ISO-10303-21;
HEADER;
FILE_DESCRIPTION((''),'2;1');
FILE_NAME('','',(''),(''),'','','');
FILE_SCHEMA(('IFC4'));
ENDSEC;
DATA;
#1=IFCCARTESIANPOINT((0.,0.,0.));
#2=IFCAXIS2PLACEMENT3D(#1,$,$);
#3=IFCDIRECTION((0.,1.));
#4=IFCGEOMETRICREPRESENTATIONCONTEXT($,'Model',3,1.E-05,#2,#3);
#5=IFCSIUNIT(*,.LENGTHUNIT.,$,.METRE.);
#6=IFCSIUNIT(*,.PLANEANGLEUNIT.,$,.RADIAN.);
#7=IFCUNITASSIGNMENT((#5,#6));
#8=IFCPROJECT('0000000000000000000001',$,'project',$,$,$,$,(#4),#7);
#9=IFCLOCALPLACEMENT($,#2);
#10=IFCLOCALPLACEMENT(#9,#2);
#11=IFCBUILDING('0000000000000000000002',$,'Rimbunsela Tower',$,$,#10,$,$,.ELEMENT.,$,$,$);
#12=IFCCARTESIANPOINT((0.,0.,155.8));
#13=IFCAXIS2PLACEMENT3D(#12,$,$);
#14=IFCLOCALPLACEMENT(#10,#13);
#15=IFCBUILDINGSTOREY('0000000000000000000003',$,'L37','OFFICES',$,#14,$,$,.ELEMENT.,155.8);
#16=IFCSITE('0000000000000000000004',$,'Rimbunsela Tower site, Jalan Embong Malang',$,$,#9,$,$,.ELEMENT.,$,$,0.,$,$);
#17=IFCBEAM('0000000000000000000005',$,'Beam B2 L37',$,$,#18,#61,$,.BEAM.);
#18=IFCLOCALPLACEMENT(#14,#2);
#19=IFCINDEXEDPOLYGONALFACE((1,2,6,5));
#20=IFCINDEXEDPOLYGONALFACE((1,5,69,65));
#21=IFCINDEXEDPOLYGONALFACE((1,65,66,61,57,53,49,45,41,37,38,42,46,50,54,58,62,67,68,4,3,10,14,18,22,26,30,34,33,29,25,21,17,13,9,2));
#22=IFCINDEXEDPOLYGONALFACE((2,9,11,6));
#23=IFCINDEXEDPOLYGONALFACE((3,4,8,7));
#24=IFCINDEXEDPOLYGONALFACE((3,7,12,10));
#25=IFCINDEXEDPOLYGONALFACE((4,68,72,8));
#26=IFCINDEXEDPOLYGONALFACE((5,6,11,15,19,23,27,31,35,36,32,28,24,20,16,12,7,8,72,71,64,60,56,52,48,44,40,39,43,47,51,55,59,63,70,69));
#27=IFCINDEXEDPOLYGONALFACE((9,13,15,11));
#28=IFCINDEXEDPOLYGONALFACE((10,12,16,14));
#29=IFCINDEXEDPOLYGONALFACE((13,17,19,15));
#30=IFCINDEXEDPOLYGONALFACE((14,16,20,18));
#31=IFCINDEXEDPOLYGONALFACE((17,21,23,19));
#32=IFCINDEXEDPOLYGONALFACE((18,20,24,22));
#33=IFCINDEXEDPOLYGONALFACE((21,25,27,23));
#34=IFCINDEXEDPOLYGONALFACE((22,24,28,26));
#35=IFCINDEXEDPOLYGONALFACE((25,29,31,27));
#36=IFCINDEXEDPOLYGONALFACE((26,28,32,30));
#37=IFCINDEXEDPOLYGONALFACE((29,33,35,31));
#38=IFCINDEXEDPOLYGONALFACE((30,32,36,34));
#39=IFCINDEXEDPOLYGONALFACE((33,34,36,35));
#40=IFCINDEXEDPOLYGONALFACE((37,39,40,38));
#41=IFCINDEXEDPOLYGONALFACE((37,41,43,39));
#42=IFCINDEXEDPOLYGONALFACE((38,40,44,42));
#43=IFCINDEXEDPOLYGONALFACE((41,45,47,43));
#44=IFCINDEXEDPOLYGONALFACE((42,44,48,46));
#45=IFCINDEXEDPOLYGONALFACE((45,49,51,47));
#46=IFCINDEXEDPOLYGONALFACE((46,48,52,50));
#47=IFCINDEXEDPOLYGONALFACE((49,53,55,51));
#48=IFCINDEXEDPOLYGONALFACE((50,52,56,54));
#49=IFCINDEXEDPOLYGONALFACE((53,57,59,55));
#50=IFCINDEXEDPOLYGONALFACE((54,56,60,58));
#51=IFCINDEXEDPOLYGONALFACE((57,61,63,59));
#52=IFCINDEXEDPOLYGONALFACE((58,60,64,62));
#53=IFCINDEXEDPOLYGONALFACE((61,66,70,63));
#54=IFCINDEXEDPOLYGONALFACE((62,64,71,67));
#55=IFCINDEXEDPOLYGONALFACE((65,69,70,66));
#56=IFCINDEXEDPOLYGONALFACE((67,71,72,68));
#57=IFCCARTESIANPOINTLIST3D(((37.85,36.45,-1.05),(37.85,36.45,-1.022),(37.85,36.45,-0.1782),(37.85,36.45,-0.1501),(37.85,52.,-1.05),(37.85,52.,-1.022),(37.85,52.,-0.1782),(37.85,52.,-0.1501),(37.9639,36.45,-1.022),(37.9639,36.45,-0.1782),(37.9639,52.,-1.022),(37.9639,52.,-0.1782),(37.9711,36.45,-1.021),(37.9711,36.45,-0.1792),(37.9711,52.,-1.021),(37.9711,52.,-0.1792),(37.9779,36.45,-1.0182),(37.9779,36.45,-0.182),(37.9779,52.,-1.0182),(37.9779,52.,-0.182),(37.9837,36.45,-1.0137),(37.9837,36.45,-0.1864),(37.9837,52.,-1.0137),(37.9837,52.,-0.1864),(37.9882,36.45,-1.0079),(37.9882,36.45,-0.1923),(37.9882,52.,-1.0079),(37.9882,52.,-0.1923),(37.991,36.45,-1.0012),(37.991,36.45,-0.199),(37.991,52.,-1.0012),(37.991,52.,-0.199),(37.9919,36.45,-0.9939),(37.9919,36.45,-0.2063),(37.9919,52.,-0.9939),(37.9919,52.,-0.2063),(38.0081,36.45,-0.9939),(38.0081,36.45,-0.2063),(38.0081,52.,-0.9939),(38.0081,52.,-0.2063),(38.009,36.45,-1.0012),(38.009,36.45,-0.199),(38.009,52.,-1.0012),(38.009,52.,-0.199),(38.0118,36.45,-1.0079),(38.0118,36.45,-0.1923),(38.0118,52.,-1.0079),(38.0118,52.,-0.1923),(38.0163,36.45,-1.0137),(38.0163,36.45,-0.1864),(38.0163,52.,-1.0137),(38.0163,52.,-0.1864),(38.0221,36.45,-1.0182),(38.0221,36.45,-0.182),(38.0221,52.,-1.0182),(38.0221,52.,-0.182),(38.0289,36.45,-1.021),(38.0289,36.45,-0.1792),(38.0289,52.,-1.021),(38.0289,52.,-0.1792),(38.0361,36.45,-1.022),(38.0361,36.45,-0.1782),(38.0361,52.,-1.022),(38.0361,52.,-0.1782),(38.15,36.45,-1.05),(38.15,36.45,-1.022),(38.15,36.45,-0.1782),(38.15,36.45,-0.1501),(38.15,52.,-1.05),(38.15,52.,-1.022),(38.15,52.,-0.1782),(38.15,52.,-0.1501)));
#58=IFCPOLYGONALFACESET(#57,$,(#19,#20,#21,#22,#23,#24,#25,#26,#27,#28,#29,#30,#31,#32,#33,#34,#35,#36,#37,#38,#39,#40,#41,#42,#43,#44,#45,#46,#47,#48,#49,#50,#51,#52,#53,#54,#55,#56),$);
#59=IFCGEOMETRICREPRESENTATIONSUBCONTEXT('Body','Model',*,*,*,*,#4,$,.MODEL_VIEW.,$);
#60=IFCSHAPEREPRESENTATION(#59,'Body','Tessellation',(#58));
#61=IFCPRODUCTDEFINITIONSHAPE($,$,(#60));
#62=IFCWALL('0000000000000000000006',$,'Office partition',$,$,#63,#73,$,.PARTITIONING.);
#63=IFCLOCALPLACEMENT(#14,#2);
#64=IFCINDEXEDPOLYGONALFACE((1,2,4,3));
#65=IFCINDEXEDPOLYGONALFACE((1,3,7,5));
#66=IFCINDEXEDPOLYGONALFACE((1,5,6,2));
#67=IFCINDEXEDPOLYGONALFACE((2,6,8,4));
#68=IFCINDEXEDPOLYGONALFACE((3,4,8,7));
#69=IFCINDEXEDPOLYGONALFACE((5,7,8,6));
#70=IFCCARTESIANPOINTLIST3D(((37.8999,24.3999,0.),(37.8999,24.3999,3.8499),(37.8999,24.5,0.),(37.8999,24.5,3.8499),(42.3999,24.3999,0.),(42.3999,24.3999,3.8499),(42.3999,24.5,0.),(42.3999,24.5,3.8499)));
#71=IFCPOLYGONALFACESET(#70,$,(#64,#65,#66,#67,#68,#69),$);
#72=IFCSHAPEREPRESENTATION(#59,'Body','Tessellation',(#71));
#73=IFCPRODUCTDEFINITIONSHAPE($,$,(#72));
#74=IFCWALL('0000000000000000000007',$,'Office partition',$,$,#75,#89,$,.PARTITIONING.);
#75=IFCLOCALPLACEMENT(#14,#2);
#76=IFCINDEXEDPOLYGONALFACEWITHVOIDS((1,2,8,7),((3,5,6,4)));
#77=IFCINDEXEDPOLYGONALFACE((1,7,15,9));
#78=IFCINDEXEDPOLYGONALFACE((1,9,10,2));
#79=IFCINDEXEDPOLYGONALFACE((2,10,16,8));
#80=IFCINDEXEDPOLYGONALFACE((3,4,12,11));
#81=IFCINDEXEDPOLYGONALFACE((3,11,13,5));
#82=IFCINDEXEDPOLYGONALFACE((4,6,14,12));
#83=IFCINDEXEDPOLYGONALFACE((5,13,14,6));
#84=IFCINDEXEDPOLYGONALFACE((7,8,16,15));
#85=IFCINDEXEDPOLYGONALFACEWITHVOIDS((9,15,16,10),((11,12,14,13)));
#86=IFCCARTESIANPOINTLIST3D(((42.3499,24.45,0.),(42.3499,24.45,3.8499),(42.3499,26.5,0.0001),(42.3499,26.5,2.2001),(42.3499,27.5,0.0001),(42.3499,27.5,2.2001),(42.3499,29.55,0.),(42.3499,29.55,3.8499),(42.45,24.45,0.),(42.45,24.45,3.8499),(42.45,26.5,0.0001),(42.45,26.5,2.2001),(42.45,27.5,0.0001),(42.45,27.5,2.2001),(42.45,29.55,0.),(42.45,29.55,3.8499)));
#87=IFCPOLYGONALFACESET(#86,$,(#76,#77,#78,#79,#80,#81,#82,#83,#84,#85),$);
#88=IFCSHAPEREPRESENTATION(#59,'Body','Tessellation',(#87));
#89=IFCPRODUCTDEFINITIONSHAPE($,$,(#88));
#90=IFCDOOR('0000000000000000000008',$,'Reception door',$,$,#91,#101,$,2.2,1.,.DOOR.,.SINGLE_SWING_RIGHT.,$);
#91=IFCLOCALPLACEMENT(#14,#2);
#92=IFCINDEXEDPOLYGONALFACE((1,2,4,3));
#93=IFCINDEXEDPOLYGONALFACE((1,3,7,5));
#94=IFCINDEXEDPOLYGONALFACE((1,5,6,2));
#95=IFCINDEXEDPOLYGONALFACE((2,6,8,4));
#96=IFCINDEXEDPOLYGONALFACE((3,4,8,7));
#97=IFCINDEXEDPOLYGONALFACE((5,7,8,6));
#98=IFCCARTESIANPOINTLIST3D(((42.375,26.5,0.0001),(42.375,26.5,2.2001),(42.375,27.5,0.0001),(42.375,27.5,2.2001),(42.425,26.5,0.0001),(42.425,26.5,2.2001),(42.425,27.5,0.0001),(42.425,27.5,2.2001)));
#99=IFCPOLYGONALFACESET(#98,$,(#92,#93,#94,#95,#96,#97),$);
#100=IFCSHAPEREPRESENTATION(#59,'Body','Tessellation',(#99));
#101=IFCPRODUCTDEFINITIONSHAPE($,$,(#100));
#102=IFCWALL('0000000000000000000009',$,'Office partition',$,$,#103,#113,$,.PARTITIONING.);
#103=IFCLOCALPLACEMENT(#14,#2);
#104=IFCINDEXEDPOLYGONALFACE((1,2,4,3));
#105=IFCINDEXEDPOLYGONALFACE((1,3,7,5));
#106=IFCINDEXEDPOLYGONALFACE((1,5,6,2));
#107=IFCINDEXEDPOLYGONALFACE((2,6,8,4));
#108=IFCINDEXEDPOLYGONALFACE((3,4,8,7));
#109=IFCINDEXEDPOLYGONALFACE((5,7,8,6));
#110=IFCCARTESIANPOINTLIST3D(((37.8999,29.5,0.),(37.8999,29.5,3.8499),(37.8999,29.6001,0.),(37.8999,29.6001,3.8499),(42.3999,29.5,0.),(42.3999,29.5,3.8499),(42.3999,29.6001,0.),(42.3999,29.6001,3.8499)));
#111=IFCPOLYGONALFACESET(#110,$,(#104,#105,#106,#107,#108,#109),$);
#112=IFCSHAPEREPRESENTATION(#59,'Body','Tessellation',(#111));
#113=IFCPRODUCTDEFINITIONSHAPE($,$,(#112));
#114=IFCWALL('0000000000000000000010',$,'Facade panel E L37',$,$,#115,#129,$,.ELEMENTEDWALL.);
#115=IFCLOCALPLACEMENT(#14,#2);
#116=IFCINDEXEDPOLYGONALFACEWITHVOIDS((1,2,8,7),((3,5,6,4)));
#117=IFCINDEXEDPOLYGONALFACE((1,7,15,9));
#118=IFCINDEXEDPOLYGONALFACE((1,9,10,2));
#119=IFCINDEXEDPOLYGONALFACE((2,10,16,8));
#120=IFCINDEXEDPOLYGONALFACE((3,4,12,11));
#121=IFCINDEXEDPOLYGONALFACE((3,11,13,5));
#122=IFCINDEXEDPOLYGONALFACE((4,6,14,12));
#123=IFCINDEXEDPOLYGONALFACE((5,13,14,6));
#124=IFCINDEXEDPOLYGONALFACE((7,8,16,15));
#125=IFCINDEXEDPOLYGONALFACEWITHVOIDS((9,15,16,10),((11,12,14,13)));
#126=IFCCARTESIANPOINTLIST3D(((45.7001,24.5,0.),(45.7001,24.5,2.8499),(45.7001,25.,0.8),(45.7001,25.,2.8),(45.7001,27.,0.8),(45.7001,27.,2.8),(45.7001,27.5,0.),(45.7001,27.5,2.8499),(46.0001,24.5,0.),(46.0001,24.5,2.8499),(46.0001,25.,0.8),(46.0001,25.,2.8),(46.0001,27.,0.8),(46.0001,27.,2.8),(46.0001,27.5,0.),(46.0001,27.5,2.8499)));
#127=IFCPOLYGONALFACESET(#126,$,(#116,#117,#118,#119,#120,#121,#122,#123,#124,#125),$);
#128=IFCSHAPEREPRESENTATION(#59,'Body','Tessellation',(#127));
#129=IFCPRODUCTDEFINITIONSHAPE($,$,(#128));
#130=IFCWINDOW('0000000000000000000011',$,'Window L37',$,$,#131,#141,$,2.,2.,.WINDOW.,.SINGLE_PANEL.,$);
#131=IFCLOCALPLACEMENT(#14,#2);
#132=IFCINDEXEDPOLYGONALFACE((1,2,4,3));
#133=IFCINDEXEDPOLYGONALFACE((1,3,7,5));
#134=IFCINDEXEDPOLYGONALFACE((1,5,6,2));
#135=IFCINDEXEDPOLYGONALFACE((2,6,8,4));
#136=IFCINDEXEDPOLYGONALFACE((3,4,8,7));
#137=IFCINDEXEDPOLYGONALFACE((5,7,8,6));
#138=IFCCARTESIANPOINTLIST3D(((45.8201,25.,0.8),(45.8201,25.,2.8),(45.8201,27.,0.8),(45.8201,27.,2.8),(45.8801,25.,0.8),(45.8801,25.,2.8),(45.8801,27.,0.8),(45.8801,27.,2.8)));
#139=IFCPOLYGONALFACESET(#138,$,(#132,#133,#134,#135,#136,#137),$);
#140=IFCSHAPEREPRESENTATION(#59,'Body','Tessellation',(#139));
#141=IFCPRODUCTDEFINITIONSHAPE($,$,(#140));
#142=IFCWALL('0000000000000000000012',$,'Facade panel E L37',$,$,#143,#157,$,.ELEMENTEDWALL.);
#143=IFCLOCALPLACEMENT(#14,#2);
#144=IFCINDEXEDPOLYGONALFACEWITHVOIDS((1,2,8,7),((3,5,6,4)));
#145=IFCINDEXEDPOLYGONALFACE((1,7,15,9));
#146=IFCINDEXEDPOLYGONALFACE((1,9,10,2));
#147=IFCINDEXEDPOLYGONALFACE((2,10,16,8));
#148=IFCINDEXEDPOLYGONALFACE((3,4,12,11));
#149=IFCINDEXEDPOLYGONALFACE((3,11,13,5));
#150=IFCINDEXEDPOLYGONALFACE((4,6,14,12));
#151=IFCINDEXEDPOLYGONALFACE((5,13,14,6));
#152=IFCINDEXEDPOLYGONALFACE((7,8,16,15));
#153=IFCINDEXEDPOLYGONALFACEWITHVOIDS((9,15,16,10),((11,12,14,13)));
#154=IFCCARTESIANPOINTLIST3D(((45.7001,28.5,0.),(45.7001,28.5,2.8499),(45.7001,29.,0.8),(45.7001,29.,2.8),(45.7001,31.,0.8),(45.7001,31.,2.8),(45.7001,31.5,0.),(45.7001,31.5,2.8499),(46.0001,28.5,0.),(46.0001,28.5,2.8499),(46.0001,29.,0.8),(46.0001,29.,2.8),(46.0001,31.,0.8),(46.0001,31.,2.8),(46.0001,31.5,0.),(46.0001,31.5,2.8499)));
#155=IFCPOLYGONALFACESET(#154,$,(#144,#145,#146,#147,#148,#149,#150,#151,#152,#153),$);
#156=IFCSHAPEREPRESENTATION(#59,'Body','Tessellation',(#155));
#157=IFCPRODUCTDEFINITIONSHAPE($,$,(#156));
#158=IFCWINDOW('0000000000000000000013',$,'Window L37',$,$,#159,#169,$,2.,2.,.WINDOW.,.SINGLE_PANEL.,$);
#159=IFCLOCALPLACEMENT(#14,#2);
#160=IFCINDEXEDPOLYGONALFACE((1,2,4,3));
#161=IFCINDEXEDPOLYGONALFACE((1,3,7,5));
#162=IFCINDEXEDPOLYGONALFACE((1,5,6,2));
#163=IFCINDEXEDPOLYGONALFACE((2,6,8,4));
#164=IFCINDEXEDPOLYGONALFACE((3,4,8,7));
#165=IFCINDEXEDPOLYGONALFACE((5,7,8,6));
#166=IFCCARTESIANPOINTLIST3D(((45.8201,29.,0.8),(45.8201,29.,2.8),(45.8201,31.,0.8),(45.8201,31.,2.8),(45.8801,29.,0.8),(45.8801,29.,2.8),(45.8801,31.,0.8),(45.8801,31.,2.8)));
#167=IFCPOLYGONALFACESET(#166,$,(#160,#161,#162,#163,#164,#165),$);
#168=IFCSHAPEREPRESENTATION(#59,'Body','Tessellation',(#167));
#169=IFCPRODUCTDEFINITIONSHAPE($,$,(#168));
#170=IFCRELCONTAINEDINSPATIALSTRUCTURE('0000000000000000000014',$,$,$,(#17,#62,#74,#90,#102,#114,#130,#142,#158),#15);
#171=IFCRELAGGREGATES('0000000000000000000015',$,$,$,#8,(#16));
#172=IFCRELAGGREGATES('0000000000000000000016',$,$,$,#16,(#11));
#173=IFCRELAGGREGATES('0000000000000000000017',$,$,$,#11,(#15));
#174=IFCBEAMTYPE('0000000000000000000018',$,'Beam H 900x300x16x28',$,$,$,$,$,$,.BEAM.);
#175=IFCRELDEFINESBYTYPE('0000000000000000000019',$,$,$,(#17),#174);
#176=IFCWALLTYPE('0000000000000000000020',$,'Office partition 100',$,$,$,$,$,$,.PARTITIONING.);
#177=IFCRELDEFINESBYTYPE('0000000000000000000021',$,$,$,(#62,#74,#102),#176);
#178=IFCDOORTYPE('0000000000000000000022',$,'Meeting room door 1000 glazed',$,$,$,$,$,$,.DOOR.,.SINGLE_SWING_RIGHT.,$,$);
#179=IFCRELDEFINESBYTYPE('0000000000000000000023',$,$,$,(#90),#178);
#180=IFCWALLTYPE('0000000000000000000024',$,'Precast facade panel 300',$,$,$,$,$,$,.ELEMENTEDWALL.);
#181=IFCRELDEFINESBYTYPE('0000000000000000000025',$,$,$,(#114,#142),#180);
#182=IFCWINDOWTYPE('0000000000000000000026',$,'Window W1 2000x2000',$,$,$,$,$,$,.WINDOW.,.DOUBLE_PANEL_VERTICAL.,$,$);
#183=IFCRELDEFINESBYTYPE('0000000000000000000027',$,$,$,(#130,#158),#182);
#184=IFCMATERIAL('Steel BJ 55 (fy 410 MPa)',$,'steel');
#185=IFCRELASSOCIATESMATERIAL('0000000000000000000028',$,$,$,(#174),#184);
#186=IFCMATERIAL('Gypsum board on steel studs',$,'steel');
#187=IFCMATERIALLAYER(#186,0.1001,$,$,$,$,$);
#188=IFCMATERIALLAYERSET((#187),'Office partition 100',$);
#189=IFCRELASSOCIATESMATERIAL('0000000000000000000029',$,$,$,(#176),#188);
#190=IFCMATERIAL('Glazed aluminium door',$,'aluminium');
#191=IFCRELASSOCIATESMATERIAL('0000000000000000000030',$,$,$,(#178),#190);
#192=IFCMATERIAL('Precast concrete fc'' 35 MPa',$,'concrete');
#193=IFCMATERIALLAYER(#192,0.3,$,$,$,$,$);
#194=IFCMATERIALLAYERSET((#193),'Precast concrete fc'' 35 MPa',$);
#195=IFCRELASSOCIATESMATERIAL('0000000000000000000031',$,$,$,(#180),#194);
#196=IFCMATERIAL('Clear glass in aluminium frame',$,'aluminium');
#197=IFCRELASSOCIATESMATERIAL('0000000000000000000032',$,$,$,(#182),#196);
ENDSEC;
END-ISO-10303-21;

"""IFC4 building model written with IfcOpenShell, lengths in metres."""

from ifc_helpers import new_model, si_unit, direction, frame, frame_2d, origin, origin_2d, place, context, subcontext, project, spatial, rectangle, i_section, extrude, material, layer, layer_set, material_profile, profile_set, type_object, element, fill, save


model = new_model("IFC4")

# Units and contexts
model_context = context("Model", 3, precision=1e-05, world=origin(), true_north=direction((0.0, 1.0)))
body_context = subcontext(model_context, "Body", "Model", "MODEL_VIEW")
ifc_project = project(units=[si_unit("LENGTHUNIT", "METRE"), si_unit("PLANEANGLEUNIT", "RADIAN")], contexts=[model_context])

# Site, building, storey
site_placement = place(None, origin())
site = spatial("IfcSite", under=ifc_project, at=site_placement, Name="Rimbunsela Tower site, Jalan Embong Malang", CompositionType="ELEMENT", RefElevation=0.0)
building_placement = place(site_placement, origin())
building = spatial("IfcBuilding", under=site, at=building_placement, Name="Rimbunsela Tower", CompositionType="ELEMENT")
storey_placement = place(building_placement, frame((0.0, 0.0, 155.8)))
storey = spatial("IfcBuildingStorey", under=building, at=storey_placement, Name="L37", Description="OFFICES", CompositionType="ELEMENT", Elevation=155.8)

# Beam
ifc_material_1 = material(Name="Steel BJ 55 (fy 410 MPa)", Category="steel")
ifc_material_profile_1 = material_profile(ifc_material_1, i_section(OverallWidth=0.3, OverallDepth=0.8999, WebThickness=0.0161, FlangeThickness=0.0281, FilletRadius=0.0281, at=origin_2d()), Name="H 900x300x16x28")
ifc_profile_set_1 = profile_set([ifc_material_profile_1], Name="Steel BJ 55 (fy 410 MPa)")
beam_type_1 = type_object("IfcBeamType", Name="Beam H 900x300x16x28", PredefinedType="BEAM", material=ifc_profile_set_1)
beam_1_placement = place(storey_placement, frame((38.0, 36.45, -0.6001), z_axis=(0.0, 1.0, 0.0), x_axis=(-1.0, 0.0, 0.0)))
element("IfcBeam", 1, at=beam_1_placement, inside=storey, type_object=beam_type_1, Name="Beam B2 L37", PredefinedType="BEAM", context=body_context, shape_type="SweptSolid", body=[
    extrude(i_section(OverallWidth=0.3, OverallDepth=0.8999, WebThickness=0.0161, FlangeThickness=0.0281, FilletRadius=0.0281, at=origin_2d()), origin(), (0.0, 0.0, 1.0), 15.55),
])

# Wall
ifc_material_2 = material(Name="Gypsum board on steel studs", Category="steel")
ifc_layer_1 = layer(ifc_material_2, 0.1001)
ifc_layer_set_1 = layer_set([ifc_layer_1], Name="Office partition 100")
wall_type_1 = type_object("IfcWallType", Name="Office partition 100", PredefinedType="PARTITIONING", material=ifc_layer_set_1)
wall_1_placement = place(storey_placement, frame((37.8999, 24.45, 0.0), z_axis=(0.0, 0.0, 1.0), x_axis=(1.0, 0.0, 0.0)))
element("IfcWall", 2, at=wall_1_placement, inside=storey, type_object=wall_type_1, Name="Office partition", PredefinedType="PARTITIONING", context=body_context, shape_type="SweptSolid", body=[
    extrude(rectangle(XDim=4.5, YDim=0.1001, at=frame_2d((2.25, 0.0))), origin(), (0.0, 0.0, 1.0), 3.8499),
])

# Wall, opening, door
wall_2_placement = place(storey_placement, frame((42.3999, 24.45, 0.0), z_axis=(0.0, 0.0, 1.0), x_axis=(0.0, 1.0, 0.0)))
wall_2 = element("IfcWall", 3, at=wall_2_placement, inside=storey, type_object=wall_type_1, Name="Office partition", PredefinedType="PARTITIONING", context=body_context, shape_type="SweptSolid", body=[
    extrude(rectangle(XDim=5.1001, YDim=0.1001, at=frame_2d((2.55, 0.0))), origin(), (0.0, 0.0, 1.0), 3.8499),
])
opening_1_placement = place(wall_2_placement, frame((2.05, 0.0, 0.0)))
opening_1 = element("IfcOpeningElement", 4, at=opening_1_placement, cuts=wall_2, PredefinedType="OPENING", context=body_context, shape_type="SweptSolid", body=[
    extrude(rectangle(XDim=1.0, YDim=2.2, at=frame_2d((0.5, 1.1001))), frame((0.0, 0.0601, 0.0), z_axis=(0.0, -1.0, 0.0), x_axis=(1.0, 0.0, 0.0)), (0.0, 0.0, 1.0), 0.1201),
])
ifc_material_3 = material(Name="Glazed aluminium door", Category="aluminium")
door_type = type_object("IfcDoorType", Name="Meeting room door 1000 glazed", OperationType="SINGLE_SWING_RIGHT", PredefinedType="DOOR", material=ifc_material_3)
door_placement = place(opening_1_placement, origin())
door = element("IfcDoor", 5, at=door_placement, inside=storey, type_object=door_type, Name="Reception door", OperationType="SINGLE_SWING_RIGHT", OverallHeight=2.2, OverallWidth=1.0, PredefinedType="DOOR", context=body_context, shape_type="SweptSolid", body=[
    extrude(rectangle(XDim=1.0, YDim=2.2, at=frame_2d((0.5, 1.1001))), frame((0.0, 0.0249, 0.0), z_axis=(0.0, -1.0, 0.0), x_axis=(1.0, 0.0, 0.0)), (0.0, 0.0, 1.0), 0.05),
])
fill(opening_1, door)

# Wall
wall_3_placement = place(storey_placement, frame((42.3999, 29.55, 0.0), z_axis=(0.0, 0.0, 1.0), x_axis=(-1.0, 0.0, 0.0)))
element("IfcWall", 6, at=wall_3_placement, inside=storey, type_object=wall_type_1, Name="Office partition", PredefinedType="PARTITIONING", context=body_context, shape_type="SweptSolid", body=[
    extrude(rectangle(XDim=4.5, YDim=0.1001, at=frame_2d((2.25, 0.0))), origin(), (0.0, 0.0, 1.0), 3.8499),
])

# Walls, openings, windows
ifc_material_4 = material(Name="Precast concrete fc' 35 MPa", Category="concrete")
ifc_layer_2 = layer(ifc_material_4, 0.3)
ifc_layer_set_2 = layer_set([ifc_layer_2], Name="Precast concrete fc' 35 MPa")
wall_type_2 = type_object("IfcWallType", Name="Precast facade panel 300", PredefinedType="ELEMENTEDWALL", material=ifc_layer_set_2)
wall_4_placement = place(storey_placement, frame((45.8501, 24.5, 0.0), z_axis=(0.0, 0.0, 1.0), x_axis=(0.0, 1.0, 0.0)))
wall_4 = element("IfcWall", 7, at=wall_4_placement, inside=storey, type_object=wall_type_2, Name="Facade panel E L37", PredefinedType="ELEMENTEDWALL", context=body_context, shape_type="SweptSolid", body=[
    extrude(rectangle(XDim=3.0, YDim=0.3, at=frame_2d((1.5, 0.0))), origin(), (0.0, 0.0, 1.0), 2.8499),
])
opening_2_placement = place(wall_4_placement, frame((0.5, 0.0, 0.8)))
opening_2 = element("IfcOpeningElement", 8, at=opening_2_placement, cuts=wall_4, PredefinedType="OPENING", context=body_context, shape_type="SweptSolid", body=[
    extrude(rectangle(XDim=2.0, YDim=2.0, at=frame_2d((1.0, 1.0))), frame((0.0, 0.1599, 0.0), z_axis=(0.0, -1.0, 0.0), x_axis=(1.0, 0.0, 0.0)), (0.0, 0.0, 1.0), 0.3201),
])
ifc_material_5 = material(Name="Clear glass in aluminium frame", Category="aluminium")
window_type = type_object("IfcWindowType", Name="Window W1 2000x2000", PartitioningType="DOUBLE_PANEL_VERTICAL", PredefinedType="WINDOW", material=ifc_material_5)
window_1_placement = place(opening_2_placement, origin())
window_1 = element("IfcWindow", 9, at=window_1_placement, inside=storey, type_object=window_type, Name="Window L37", OverallHeight=2.0, OverallWidth=2.0, PartitioningType="SINGLE_PANEL", PredefinedType="WINDOW", context=body_context, shape_type="SweptSolid", body=[
    extrude(rectangle(XDim=2.0, YDim=2.0, at=frame_2d((1.0, 1.0))), frame((0.0, 0.03, 0.0), z_axis=(0.0, -1.0, 0.0), x_axis=(1.0, 0.0, 0.0)), (0.0, 0.0, 1.0), 0.0601),
])
fill(opening_2, window_1)
wall_5_placement = place(storey_placement, frame((45.8501, 28.5, 0.0), z_axis=(0.0, 0.0, 1.0), x_axis=(0.0, 1.0, 0.0)))
wall_5 = element("IfcWall", 10, at=wall_5_placement, inside=storey, type_object=wall_type_2, Name="Facade panel E L37", PredefinedType="ELEMENTEDWALL", context=body_context, shape_type="SweptSolid", body=[
    extrude(rectangle(XDim=3.0, YDim=0.3, at=frame_2d((1.5, 0.0))), origin(), (0.0, 0.0, 1.0), 2.8499),
])
opening_3_placement = place(wall_5_placement, frame((0.5, 0.0, 0.8)))
opening_3 = element("IfcOpeningElement", 11, at=opening_3_placement, cuts=wall_5, PredefinedType="OPENING", context=body_context, shape_type="SweptSolid", body=[
    extrude(rectangle(XDim=2.0, YDim=2.0, at=frame_2d((1.0, 1.0))), frame((0.0, 0.1599, 0.0), z_axis=(0.0, -1.0, 0.0), x_axis=(1.0, 0.0, 0.0)), (0.0, 0.0, 1.0), 0.3201),
])
window_2_placement = place(opening_3_placement, origin())
window_2 = element("IfcWindow", 12, at=window_2_placement, inside=storey, type_object=window_type, Name="Window L37", OverallHeight=2.0, OverallWidth=2.0, PartitioningType="SINGLE_PANEL", PredefinedType="WINDOW", context=body_context, shape_type="SweptSolid", body=[
    extrude(rectangle(XDim=2.0, YDim=2.0, at=frame_2d((1.0, 1.0))), frame((0.0, 0.03, 0.0), z_axis=(0.0, -1.0, 0.0), x_axis=(1.0, 0.0, 0.0)), (0.0, 0.0, 1.0), 0.0601),
])
fill(opening_3, window_2)

save(model, "model.ifc")
